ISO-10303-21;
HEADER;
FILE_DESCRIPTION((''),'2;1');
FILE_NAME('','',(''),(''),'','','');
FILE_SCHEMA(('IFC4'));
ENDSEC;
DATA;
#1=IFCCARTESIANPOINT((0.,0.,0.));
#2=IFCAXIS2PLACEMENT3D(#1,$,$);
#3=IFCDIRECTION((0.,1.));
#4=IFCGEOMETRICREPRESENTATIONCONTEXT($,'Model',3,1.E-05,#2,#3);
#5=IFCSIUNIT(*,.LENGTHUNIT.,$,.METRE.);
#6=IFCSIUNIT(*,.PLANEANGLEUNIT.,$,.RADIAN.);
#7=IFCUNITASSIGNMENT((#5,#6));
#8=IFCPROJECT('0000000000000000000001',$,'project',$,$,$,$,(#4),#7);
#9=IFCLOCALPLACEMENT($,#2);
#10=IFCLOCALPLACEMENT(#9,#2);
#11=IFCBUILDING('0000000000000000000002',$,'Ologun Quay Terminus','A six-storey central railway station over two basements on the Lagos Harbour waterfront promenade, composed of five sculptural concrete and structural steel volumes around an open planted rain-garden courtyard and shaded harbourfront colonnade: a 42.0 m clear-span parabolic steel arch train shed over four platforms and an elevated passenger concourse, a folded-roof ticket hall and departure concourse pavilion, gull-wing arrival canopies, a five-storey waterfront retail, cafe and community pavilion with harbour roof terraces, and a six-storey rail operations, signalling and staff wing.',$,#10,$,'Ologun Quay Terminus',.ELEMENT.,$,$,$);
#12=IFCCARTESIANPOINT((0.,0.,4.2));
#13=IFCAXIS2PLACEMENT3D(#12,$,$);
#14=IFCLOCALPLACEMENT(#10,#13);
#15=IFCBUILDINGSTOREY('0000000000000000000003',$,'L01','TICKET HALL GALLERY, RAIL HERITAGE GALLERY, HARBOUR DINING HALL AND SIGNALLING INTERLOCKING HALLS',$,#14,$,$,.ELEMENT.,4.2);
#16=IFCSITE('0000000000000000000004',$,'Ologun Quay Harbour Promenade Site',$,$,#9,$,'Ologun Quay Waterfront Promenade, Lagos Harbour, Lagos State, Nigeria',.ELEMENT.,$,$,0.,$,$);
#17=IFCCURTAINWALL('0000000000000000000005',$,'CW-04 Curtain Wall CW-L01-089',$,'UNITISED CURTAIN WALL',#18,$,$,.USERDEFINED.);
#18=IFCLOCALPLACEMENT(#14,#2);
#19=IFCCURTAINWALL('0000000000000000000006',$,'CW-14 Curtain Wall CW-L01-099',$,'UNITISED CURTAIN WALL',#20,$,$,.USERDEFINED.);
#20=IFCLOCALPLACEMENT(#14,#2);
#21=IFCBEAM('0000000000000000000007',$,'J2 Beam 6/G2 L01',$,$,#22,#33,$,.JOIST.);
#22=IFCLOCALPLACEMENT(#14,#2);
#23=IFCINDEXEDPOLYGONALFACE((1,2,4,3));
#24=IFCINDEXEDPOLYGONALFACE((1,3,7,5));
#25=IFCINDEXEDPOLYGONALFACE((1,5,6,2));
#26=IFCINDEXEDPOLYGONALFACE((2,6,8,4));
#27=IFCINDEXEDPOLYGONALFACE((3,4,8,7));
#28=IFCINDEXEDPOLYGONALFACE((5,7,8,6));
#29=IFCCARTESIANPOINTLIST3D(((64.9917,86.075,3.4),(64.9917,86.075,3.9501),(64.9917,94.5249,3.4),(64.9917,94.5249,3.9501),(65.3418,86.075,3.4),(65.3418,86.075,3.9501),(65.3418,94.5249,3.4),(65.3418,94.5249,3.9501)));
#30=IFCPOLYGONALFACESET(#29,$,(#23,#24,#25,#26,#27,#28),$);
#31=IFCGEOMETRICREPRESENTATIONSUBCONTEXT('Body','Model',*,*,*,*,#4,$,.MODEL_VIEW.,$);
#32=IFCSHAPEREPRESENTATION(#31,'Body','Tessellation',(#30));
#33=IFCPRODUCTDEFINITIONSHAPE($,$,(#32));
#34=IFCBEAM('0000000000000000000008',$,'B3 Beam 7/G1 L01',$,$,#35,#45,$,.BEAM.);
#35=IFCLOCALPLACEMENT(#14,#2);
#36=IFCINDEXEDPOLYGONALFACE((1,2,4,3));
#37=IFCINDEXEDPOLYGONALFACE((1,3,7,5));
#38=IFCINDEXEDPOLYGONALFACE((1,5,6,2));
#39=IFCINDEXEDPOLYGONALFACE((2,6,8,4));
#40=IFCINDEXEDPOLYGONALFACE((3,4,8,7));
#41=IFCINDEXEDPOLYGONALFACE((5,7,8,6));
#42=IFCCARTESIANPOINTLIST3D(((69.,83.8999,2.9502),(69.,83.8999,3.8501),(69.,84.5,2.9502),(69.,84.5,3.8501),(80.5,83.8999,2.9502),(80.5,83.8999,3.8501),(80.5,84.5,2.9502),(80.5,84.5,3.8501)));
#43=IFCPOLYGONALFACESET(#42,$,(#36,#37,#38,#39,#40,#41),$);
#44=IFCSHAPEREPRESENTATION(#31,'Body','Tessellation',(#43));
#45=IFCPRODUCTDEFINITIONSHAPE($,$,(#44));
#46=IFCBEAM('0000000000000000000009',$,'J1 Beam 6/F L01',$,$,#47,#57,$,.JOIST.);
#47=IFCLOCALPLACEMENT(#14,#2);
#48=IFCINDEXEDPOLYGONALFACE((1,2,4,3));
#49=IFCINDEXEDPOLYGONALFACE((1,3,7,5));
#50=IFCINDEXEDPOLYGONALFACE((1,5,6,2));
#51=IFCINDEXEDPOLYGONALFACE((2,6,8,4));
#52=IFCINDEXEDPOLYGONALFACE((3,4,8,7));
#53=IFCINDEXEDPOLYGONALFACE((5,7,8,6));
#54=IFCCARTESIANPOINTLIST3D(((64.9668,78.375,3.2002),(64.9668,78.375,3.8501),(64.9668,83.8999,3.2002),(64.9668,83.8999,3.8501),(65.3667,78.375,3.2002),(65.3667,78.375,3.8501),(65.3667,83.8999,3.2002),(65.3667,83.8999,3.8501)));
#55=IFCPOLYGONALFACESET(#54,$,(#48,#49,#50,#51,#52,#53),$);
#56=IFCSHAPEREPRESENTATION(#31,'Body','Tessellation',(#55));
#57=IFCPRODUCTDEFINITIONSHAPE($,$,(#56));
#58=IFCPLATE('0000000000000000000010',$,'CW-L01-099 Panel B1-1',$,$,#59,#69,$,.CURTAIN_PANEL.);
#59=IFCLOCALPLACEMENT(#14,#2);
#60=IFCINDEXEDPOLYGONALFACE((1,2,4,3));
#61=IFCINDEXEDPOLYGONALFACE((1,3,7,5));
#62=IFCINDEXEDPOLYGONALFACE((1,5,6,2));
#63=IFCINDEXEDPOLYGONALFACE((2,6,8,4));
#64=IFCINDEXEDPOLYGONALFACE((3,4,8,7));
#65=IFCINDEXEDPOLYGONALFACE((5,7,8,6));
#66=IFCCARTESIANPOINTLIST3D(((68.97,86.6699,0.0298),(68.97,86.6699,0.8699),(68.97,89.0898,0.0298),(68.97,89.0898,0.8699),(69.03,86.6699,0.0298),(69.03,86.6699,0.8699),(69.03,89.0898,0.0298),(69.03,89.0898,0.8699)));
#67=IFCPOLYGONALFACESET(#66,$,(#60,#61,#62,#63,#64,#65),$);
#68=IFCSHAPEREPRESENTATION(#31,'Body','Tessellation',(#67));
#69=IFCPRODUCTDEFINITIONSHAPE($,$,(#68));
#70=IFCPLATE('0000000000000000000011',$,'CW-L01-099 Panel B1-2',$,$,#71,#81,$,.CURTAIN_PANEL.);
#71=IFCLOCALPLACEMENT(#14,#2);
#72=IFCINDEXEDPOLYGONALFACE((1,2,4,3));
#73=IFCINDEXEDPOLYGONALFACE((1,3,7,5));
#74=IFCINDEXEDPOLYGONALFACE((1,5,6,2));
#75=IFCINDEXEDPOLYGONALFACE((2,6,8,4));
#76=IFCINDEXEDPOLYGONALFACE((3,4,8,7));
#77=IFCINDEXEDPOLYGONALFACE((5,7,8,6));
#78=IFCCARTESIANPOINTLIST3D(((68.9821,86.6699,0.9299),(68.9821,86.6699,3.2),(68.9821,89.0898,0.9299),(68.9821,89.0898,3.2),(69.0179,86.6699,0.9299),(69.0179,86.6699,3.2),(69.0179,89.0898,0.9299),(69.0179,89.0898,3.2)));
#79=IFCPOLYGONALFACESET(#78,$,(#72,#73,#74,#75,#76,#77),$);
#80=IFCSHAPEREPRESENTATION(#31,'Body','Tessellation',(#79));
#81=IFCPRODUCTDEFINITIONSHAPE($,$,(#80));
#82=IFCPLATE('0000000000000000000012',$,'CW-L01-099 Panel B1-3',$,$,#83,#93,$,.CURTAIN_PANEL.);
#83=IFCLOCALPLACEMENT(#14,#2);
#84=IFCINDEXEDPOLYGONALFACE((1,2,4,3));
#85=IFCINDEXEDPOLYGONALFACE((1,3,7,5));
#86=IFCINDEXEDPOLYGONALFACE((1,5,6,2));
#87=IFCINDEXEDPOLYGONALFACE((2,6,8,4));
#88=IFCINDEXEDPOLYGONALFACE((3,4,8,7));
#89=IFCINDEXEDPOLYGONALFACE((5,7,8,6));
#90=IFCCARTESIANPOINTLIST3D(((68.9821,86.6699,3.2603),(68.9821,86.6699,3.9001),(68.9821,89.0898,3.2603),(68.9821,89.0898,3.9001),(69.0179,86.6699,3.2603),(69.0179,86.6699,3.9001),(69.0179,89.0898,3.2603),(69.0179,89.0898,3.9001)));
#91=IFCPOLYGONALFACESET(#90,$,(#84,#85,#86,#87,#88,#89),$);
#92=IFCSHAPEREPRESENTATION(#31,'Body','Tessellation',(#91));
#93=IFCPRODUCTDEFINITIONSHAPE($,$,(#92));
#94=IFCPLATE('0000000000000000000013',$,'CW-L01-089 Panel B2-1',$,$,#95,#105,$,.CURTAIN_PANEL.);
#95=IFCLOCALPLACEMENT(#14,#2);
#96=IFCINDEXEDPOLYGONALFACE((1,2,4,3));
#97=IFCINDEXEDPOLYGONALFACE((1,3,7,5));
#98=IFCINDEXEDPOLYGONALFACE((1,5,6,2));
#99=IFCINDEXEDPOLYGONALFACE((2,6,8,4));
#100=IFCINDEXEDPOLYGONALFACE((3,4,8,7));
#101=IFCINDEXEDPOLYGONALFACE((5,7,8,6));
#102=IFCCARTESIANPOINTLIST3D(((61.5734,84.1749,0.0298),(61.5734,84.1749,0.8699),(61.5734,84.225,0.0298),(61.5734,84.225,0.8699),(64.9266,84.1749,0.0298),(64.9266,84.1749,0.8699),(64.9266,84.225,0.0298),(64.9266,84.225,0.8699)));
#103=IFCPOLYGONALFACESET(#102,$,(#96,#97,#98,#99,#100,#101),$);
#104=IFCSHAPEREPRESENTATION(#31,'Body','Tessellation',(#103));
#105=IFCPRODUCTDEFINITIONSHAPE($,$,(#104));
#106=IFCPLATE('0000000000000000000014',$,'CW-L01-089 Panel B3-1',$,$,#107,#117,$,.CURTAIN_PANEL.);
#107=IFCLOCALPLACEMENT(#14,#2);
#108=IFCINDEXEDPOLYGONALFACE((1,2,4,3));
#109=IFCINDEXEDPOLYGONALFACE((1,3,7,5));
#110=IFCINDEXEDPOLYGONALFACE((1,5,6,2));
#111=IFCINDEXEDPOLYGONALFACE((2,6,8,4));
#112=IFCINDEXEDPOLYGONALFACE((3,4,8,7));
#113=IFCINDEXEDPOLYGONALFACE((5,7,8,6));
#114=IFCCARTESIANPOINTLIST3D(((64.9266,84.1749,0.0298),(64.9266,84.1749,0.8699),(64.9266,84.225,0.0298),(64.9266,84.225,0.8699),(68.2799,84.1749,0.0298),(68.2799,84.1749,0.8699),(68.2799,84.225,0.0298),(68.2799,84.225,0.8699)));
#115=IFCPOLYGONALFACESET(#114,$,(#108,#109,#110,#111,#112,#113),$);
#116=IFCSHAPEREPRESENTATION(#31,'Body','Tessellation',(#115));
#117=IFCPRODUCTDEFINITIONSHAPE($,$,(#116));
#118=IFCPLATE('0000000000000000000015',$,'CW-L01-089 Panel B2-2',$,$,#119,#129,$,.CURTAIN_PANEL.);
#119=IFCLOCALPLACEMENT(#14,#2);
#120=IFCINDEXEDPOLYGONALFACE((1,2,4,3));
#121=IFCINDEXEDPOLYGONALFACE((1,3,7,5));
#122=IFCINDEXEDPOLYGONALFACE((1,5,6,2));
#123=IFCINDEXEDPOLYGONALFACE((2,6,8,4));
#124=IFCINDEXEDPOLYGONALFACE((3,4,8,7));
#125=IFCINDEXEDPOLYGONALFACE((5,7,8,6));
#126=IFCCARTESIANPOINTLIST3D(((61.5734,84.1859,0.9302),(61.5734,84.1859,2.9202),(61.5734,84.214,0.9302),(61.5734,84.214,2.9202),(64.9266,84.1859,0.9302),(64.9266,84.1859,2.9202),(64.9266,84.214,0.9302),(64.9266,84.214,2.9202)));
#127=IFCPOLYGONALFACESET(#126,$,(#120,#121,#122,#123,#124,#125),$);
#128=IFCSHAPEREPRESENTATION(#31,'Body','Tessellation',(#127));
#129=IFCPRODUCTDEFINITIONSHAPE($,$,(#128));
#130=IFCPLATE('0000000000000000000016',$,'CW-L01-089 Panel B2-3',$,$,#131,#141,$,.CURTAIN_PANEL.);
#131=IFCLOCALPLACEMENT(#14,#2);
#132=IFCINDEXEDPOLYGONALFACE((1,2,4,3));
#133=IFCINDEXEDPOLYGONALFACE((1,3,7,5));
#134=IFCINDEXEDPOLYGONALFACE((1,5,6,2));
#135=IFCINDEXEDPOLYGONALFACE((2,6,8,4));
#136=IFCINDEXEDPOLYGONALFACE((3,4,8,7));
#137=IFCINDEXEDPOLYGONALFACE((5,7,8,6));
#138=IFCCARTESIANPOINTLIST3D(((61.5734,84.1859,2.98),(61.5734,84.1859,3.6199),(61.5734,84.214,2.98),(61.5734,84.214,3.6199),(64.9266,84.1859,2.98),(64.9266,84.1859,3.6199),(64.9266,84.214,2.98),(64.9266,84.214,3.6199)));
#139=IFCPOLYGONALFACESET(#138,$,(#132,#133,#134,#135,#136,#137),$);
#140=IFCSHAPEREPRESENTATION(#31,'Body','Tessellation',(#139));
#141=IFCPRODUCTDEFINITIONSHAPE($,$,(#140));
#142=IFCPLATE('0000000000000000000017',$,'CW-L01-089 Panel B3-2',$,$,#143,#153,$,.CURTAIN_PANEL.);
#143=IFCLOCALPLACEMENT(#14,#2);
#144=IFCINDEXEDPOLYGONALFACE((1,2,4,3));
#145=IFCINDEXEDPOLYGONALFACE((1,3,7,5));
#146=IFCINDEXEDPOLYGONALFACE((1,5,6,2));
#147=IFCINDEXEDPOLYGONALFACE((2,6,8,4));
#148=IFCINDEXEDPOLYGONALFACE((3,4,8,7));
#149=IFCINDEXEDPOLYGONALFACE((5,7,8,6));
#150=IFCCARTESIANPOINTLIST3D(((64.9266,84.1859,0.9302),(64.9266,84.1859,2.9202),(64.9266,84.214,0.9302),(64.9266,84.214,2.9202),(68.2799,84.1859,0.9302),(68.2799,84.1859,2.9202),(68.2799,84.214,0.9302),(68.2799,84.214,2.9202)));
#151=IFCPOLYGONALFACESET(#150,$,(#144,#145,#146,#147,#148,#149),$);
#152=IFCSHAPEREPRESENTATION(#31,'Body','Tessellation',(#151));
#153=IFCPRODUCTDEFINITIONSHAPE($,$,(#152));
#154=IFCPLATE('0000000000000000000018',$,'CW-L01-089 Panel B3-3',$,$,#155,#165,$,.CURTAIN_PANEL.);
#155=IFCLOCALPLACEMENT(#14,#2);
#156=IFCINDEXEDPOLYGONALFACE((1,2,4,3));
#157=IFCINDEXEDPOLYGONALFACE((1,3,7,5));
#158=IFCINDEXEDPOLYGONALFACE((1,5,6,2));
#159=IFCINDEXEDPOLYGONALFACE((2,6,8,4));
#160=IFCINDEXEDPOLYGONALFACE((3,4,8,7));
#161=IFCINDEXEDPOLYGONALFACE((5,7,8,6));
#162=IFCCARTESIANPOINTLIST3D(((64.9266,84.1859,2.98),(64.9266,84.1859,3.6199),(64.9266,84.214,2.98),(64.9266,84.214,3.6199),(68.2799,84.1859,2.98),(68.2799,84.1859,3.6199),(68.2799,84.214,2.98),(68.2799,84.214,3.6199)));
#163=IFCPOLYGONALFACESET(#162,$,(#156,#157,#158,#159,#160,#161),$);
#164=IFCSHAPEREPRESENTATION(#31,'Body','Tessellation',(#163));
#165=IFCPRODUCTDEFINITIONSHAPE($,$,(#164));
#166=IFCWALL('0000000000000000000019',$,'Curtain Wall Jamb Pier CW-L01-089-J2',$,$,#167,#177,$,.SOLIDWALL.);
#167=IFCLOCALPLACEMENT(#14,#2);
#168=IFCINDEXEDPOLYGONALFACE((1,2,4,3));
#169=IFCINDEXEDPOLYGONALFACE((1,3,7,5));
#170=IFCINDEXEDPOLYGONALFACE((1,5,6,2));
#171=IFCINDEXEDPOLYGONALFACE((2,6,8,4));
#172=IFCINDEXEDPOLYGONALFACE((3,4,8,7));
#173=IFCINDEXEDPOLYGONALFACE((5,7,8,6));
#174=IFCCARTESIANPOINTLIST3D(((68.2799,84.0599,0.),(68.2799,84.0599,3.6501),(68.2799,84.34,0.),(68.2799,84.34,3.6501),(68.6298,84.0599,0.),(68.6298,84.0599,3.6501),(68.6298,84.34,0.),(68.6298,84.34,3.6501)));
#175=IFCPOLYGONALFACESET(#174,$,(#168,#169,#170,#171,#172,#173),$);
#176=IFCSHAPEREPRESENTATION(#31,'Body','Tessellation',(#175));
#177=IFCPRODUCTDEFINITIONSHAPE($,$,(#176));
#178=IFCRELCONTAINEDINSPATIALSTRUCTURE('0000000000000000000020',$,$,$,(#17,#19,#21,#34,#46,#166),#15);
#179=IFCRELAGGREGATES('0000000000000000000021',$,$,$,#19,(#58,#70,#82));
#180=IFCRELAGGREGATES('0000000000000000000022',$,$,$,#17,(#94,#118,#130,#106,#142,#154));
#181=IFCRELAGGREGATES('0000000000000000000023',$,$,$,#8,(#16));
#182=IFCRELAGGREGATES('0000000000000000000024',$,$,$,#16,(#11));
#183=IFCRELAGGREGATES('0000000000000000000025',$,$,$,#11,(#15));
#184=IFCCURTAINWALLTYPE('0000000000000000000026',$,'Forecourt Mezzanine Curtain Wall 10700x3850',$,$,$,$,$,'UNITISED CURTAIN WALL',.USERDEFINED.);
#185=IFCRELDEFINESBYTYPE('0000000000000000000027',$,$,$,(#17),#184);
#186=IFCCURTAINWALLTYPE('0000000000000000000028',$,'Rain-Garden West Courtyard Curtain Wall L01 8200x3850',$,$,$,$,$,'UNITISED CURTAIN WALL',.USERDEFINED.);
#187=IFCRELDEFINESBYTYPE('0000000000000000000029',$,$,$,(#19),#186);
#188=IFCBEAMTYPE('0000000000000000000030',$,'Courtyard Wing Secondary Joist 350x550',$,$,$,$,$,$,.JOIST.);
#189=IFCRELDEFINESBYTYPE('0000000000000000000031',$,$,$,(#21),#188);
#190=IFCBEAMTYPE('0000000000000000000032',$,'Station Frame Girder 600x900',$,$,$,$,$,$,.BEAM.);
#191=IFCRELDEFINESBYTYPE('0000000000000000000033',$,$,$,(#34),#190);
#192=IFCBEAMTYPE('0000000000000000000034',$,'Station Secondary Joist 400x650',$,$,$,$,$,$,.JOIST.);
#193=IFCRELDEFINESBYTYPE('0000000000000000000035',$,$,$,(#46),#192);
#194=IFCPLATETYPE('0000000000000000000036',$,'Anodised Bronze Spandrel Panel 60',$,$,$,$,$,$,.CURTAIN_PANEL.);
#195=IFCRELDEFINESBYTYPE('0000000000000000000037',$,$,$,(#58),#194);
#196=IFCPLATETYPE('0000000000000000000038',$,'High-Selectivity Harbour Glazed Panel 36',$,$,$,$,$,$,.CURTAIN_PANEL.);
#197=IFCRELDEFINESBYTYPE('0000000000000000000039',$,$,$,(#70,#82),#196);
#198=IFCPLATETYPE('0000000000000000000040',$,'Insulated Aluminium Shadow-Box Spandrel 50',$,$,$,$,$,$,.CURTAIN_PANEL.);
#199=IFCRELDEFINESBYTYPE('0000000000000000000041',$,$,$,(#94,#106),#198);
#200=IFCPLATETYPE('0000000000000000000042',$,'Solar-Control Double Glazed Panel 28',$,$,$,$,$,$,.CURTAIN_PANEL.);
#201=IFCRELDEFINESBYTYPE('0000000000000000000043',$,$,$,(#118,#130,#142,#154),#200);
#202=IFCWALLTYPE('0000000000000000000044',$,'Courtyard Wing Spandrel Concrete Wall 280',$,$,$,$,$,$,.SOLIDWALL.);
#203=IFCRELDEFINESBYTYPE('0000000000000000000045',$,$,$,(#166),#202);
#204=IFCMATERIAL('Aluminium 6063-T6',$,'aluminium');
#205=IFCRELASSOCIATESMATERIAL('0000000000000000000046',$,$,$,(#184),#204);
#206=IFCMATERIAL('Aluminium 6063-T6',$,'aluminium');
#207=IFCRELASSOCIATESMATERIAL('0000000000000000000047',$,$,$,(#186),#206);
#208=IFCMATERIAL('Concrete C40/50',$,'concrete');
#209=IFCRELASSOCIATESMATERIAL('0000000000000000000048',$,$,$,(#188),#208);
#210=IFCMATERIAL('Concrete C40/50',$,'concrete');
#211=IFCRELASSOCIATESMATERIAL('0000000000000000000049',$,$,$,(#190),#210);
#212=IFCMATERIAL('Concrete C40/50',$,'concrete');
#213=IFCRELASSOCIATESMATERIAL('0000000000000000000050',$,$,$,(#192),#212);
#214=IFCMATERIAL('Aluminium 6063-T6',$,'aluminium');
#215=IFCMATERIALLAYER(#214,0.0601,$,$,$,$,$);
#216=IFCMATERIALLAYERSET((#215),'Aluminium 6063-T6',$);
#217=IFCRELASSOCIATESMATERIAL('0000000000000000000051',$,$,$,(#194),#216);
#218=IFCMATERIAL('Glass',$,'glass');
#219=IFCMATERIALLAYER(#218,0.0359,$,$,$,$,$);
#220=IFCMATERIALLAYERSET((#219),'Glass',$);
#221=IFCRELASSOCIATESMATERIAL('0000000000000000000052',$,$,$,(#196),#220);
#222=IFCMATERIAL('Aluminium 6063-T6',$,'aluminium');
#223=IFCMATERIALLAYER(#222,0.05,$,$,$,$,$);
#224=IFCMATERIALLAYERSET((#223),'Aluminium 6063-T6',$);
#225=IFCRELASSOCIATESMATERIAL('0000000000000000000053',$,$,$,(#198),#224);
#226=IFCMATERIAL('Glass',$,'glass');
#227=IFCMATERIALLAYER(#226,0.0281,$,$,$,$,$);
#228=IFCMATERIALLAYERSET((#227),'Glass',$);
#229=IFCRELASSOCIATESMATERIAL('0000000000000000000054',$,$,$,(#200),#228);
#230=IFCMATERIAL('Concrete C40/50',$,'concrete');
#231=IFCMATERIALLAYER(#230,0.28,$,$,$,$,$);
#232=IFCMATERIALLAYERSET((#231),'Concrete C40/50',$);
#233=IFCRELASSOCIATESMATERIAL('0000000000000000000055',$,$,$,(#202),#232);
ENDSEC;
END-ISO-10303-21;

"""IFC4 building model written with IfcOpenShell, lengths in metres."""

from ifc_helpers import new_model, si_unit, direction, frame, frame_2d, origin, origin_2d, place, context, subcontext, project, spatial, rectangle, extrude, material, layer, layer_set, material_profile, profile_set, type_object, element, aggregate, save


model = new_model("IFC4")

# Units and contexts
model_context = context("Model", 3, precision=1e-05, world=origin(), true_north=direction((0.0, 1.0)))
body_context = subcontext(model_context, "Body", "Model", "MODEL_VIEW")
ifc_project = project(units=[si_unit("LENGTHUNIT", "METRE"), si_unit("PLANEANGLEUNIT", "RADIAN")], contexts=[model_context])

# Site, building, storey
site_placement = place(None, origin())
site = spatial("IfcSite", under=ifc_project, at=site_placement, Name="Ologun Quay Harbour Promenade Site", LongName="Ologun Quay Waterfront Promenade, Lagos Harbour, Lagos State, Nigeria", CompositionType="ELEMENT", RefElevation=0.0)
building_placement = place(site_placement, origin())
building = spatial("IfcBuilding", under=site, at=building_placement, Name="Ologun Quay Terminus", Description="A six-storey central railway station over two basements on the Lagos Harbour waterfront promenade, composed of five sculptural concrete and structural steel volumes around an open planted rain-garden courtyard and shaded harbourfront colonnade: a 42.0 m clear-span parabolic steel arch train shed over four platforms and an elevated passenger concourse, a folded-roof ticket hall and departure concourse pavilion, gull-wing arrival canopies, a five-storey waterfront retail, cafe and community pavilion with harbour roof terraces, and a six-storey rail operations, signalling and staff wing.", LongName="Ologun Quay Terminus", CompositionType="ELEMENT")
storey_placement = place(building_placement, frame((0.0, 0.0, 4.2)))
storey = spatial("IfcBuildingStorey", under=building, at=storey_placement, Name="L01", Description="TICKET HALL GALLERY, RAIL HERITAGE GALLERY, HARBOUR DINING HALL AND SIGNALLING INTERLOCKING HALLS", CompositionType="ELEMENT", Elevation=4.2)

# Curtain walls
ifc_material_1 = material(Name="Aluminium 6063-T6", Category="aluminium")
curtain_wall_type_1 = type_object("IfcCurtainWallType", Name="Forecourt Mezzanine Curtain Wall 10700x3850", ElementType="UNITISED CURTAIN WALL", PredefinedType="USERDEFINED", material=ifc_material_1)
curtain_wall_1_placement = place(storey_placement, origin())
curtain_wall_1 = element("IfcCurtainWall", 1, at=curtain_wall_1_placement, inside=storey, type_object=curtain_wall_type_1, Name="CW-04 Curtain Wall CW-L01-089", ObjectType="UNITISED CURTAIN WALL", PredefinedType="USERDEFINED")
ifc_material_2 = material(Name="Aluminium 6063-T6", Category="aluminium")
curtain_wall_type_2 = type_object("IfcCurtainWallType", Name="Rain-Garden West Courtyard Curtain Wall L01 8200x3850", ElementType="UNITISED CURTAIN WALL", PredefinedType="USERDEFINED", material=ifc_material_2)
curtain_wall_2_placement = place(storey_placement, origin())
curtain_wall_2 = element("IfcCurtainWall", 2, at=curtain_wall_2_placement, inside=storey, type_object=curtain_wall_type_2, Name="CW-14 Curtain Wall CW-L01-099", ObjectType="UNITISED CURTAIN WALL", PredefinedType="USERDEFINED")

# Beams
ifc_material_3 = material(Name="Concrete C40/50", Category="concrete")
ifc_material_profile_1 = material_profile(ifc_material_3, rectangle(XDim=0.3501, YDim=0.55, at=origin_2d()), Name="RC 350x550")
ifc_profile_set_1 = profile_set([ifc_material_profile_1], Name="Concrete C40/50")
beam_type_1 = type_object("IfcBeamType", Name="Courtyard Wing Secondary Joist 350x550", PredefinedType="JOIST", material=ifc_profile_set_1)
beam_1_placement = place(storey_placement, frame((65.1667, 86.075, 3.675), z_axis=(0.0, 1.0, 0.0), x_axis=(-1.0, 0.0, 0.0)))
element("IfcBeam", 3, at=beam_1_placement, inside=storey, type_object=beam_type_1, Name="J2 Beam 6/G2 L01", PredefinedType="JOIST", context=body_context, shape_type="SweptSolid", body=[
    extrude(rectangle(XDim=0.3501, YDim=0.55, at=origin_2d()), origin(), (0.0, 0.0, 1.0), 8.45),
])
ifc_material_4 = material(Name="Concrete C40/50", Category="concrete")
ifc_material_profile_2 = material_profile(ifc_material_4, rectangle(XDim=0.6001, YDim=0.8999, at=origin_2d()), Name="RC 600x900")
ifc_profile_set_2 = profile_set([ifc_material_profile_2], Name="Concrete C40/50")
beam_type_2 = type_object("IfcBeamType", Name="Station Frame Girder 600x900", PredefinedType="BEAM", material=ifc_profile_set_2)
beam_2_placement = place(storey_placement, frame((69.0, 84.2, 3.4001), z_axis=(1.0, 0.0, 0.0), x_axis=(0.0, 1.0, 0.0)))
element("IfcBeam", 4, at=beam_2_placement, inside=storey, type_object=beam_type_2, Name="B3 Beam 7/G1 L01", PredefinedType="BEAM", context=body_context, shape_type="SweptSolid", body=[
    extrude(rectangle(XDim=0.6001, YDim=0.8999, at=origin_2d()), origin(), (0.0, 0.0, 1.0), 11.5),
])
ifc_material_5 = material(Name="Concrete C40/50", Category="concrete")
ifc_material_profile_3 = material_profile(ifc_material_5, rectangle(XDim=0.3999, YDim=0.6499, at=origin_2d()), Name="RC 400x650")
ifc_profile_set_3 = profile_set([ifc_material_profile_3], Name="Concrete C40/50")
beam_type_3 = type_object("IfcBeamType", Name="Station Secondary Joist 400x650", PredefinedType="JOIST", material=ifc_profile_set_3)
beam_3_placement = place(storey_placement, frame((65.1667, 78.375, 3.5251), z_axis=(0.0, 1.0, 0.0), x_axis=(-1.0, 0.0, 0.0)))
element("IfcBeam", 5, at=beam_3_placement, inside=storey, type_object=beam_type_3, Name="J1 Beam 6/F L01", PredefinedType="JOIST", context=body_context, shape_type="SweptSolid", body=[
    extrude(rectangle(XDim=0.3999, YDim=0.6499, at=origin_2d()), origin(), (0.0, 0.0, 1.0), 5.5249),
])

# Plates
ifc_material_6 = material(Name="Aluminium 6063-T6", Category="aluminium")
ifc_layer_1 = layer(ifc_material_6, 0.0601)
ifc_layer_set_1 = layer_set([ifc_layer_1], Name="Aluminium 6063-T6")
plate_type_1 = type_object("IfcPlateType", Name="Anodised Bronze Spandrel Panel 60", PredefinedType="CURTAIN_PANEL", material=ifc_layer_set_1)
plate_1_placement = place(storey_placement, frame((69.0, 87.8799, 0.0298), z_axis=(0.0, 0.0, 1.0), x_axis=(0.0, 1.0, 0.0)))
plate_1 = element("IfcPlate", 6, at=plate_1_placement, type_object=plate_type_1, Name="CW-L01-099 Panel B1-1", PredefinedType="CURTAIN_PANEL", context=body_context, shape_type="SweptSolid", body=[
    extrude(rectangle(XDim=2.4199, YDim=0.0601, at=origin_2d()), origin(), (0.0, 0.0, 1.0), 0.8401),
])
ifc_material_7 = material(Name="Glass", Category="glass")
ifc_layer_2 = layer(ifc_material_7, 0.0359)
ifc_layer_set_2 = layer_set([ifc_layer_2], Name="Glass")
plate_type_2 = type_object("IfcPlateType", Name="High-Selectivity Harbour Glazed Panel 36", PredefinedType="CURTAIN_PANEL", material=ifc_layer_set_2)
plate_2_placement = place(storey_placement, frame((69.0, 87.8799, 0.9299), z_axis=(0.0, 0.0, 1.0), x_axis=(0.0, 1.0, 0.0)))
plate_2 = element("IfcPlate", 7, at=plate_2_placement, type_object=plate_type_2, Name="CW-L01-099 Panel B1-2", PredefinedType="CURTAIN_PANEL", context=body_context, shape_type="SweptSolid", body=[
    extrude(rectangle(XDim=2.4199, YDim=0.0359, at=origin_2d()), origin(), (0.0, 0.0, 1.0), 2.27),
])
plate_3_placement = place(storey_placement, frame((69.0, 87.8799, 3.2603), z_axis=(0.0, 0.0, 1.0), x_axis=(0.0, 1.0, 0.0)))
plate_3 = element("IfcPlate", 8, at=plate_3_placement, type_object=plate_type_2, Name="CW-L01-099 Panel B1-3", PredefinedType="CURTAIN_PANEL", context=body_context, shape_type="SweptSolid", body=[
    extrude(rectangle(XDim=2.4199, YDim=0.0359, at=origin_2d()), origin(), (0.0, 0.0, 1.0), 0.6399),
])
aggregate(curtain_wall_2, [plate_1, plate_2, plate_3])
ifc_material_8 = material(Name="Aluminium 6063-T6", Category="aluminium")
ifc_layer_3 = layer(ifc_material_8, 0.05)
ifc_layer_set_3 = layer_set([ifc_layer_3], Name="Aluminium 6063-T6")
plate_type_3 = type_object("IfcPlateType", Name="Insulated Aluminium Shadow-Box Spandrel 50", PredefinedType="CURTAIN_PANEL", material=ifc_layer_set_3)
plate_4_placement = place(storey_placement, frame((63.25, 84.2, 0.0298), z_axis=(0.0, 0.0, 1.0), x_axis=(1.0, 0.0, 0.0)))
plate_4 = element("IfcPlate", 9, at=plate_4_placement, type_object=plate_type_3, Name="CW-L01-089 Panel B2-1", PredefinedType="CURTAIN_PANEL", context=body_context, shape_type="SweptSolid", body=[
    extrude(rectangle(XDim=3.3533, YDim=0.05, at=origin_2d()), origin(), (0.0, 0.0, 1.0), 0.8401),
])
plate_5_placement = place(storey_placement, frame((66.6033, 84.2, 0.0298), z_axis=(0.0, 0.0, 1.0), x_axis=(1.0, 0.0, 0.0)))
plate_5 = element("IfcPlate", 10, at=plate_5_placement, type_object=plate_type_3, Name="CW-L01-089 Panel B3-1", PredefinedType="CURTAIN_PANEL", context=body_context, shape_type="SweptSolid", body=[
    extrude(rectangle(XDim=3.3533, YDim=0.05, at=origin_2d()), origin(), (0.0, 0.0, 1.0), 0.8401),
])
ifc_material_9 = material(Name="Glass", Category="glass")
ifc_layer_4 = layer(ifc_material_9, 0.0281)
ifc_layer_set_4 = layer_set([ifc_layer_4], Name="Glass")
plate_type_4 = type_object("IfcPlateType", Name="Solar-Control Double Glazed Panel 28", PredefinedType="CURTAIN_PANEL", material=ifc_layer_set_4)
plate_6_placement = place(storey_placement, frame((63.25, 84.2, 0.9302), z_axis=(0.0, 0.0, 1.0), x_axis=(1.0, 0.0, 0.0)))
plate_6 = element("IfcPlate", 11, at=plate_6_placement, type_object=plate_type_4, Name="CW-L01-089 Panel B2-2", PredefinedType="CURTAIN_PANEL", context=body_context, shape_type="SweptSolid", body=[
    extrude(rectangle(XDim=3.3533, YDim=0.0281, at=origin_2d()), origin(), (0.0, 0.0, 1.0), 1.99),
])
plate_7_placement = place(storey_placement, frame((63.25, 84.2, 2.98), z_axis=(0.0, 0.0, 1.0), x_axis=(1.0, 0.0, 0.0)))
plate_7 = element("IfcPlate", 12, at=plate_7_placement, type_object=plate_type_4, Name="CW-L01-089 Panel B2-3", PredefinedType="CURTAIN_PANEL", context=body_context, shape_type="SweptSolid", body=[
    extrude(rectangle(XDim=3.3533, YDim=0.0281, at=origin_2d()), origin(), (0.0, 0.0, 1.0), 0.6399),
])
plate_8_placement = place(storey_placement, frame((66.6033, 84.2, 0.9302), z_axis=(0.0, 0.0, 1.0), x_axis=(1.0, 0.0, 0.0)))
plate_8 = element("IfcPlate", 13, at=plate_8_placement, type_object=plate_type_4, Name="CW-L01-089 Panel B3-2", PredefinedType="CURTAIN_PANEL", context=body_context, shape_type="SweptSolid", body=[
    extrude(rectangle(XDim=3.3533, YDim=0.0281, at=origin_2d()), origin(), (0.0, 0.0, 1.0), 1.99),
])
plate_9_placement = place(storey_placement, frame((66.6033, 84.2, 2.98), z_axis=(0.0, 0.0, 1.0), x_axis=(1.0, 0.0, 0.0)))
plate_9 = element("IfcPlate", 14, at=plate_9_placement, type_object=plate_type_4, Name="CW-L01-089 Panel B3-3", PredefinedType="CURTAIN_PANEL", context=body_context, shape_type="SweptSolid", body=[
    extrude(rectangle(XDim=3.3533, YDim=0.0281, at=origin_2d()), origin(), (0.0, 0.0, 1.0), 0.6399),
])
aggregate(curtain_wall_1, [plate_4, plate_6, plate_7, plate_5, plate_8, plate_9])

# Wall
ifc_material_10 = material(Name="Concrete C40/50", Category="concrete")
ifc_layer_5 = layer(ifc_material_10, 0.28)
ifc_layer_set_5 = layer_set([ifc_layer_5], Name="Concrete C40/50")
wall_type = type_object("IfcWallType", Name="Courtyard Wing Spandrel Concrete Wall 280", PredefinedType="SOLIDWALL", material=ifc_layer_set_5)
wall_1_placement = place(storey_placement, frame((68.28, 84.2, 0.0), z_axis=(0.0, 0.0, 1.0), x_axis=(1.0, 0.0, 0.0)))
element("IfcWall", 15, at=wall_1_placement, inside=storey, type_object=wall_type, Name="Curtain Wall Jamb Pier CW-L01-089-J2", PredefinedType="SOLIDWALL", context=body_context, shape_type="SweptSolid", body=[
    extrude(rectangle(XDim=0.3499, YDim=0.28, at=frame_2d((0.1748, 0.0))), origin(), (0.0, 0.0, 1.0), 3.6501),
])

save(model, "model.ifc")
